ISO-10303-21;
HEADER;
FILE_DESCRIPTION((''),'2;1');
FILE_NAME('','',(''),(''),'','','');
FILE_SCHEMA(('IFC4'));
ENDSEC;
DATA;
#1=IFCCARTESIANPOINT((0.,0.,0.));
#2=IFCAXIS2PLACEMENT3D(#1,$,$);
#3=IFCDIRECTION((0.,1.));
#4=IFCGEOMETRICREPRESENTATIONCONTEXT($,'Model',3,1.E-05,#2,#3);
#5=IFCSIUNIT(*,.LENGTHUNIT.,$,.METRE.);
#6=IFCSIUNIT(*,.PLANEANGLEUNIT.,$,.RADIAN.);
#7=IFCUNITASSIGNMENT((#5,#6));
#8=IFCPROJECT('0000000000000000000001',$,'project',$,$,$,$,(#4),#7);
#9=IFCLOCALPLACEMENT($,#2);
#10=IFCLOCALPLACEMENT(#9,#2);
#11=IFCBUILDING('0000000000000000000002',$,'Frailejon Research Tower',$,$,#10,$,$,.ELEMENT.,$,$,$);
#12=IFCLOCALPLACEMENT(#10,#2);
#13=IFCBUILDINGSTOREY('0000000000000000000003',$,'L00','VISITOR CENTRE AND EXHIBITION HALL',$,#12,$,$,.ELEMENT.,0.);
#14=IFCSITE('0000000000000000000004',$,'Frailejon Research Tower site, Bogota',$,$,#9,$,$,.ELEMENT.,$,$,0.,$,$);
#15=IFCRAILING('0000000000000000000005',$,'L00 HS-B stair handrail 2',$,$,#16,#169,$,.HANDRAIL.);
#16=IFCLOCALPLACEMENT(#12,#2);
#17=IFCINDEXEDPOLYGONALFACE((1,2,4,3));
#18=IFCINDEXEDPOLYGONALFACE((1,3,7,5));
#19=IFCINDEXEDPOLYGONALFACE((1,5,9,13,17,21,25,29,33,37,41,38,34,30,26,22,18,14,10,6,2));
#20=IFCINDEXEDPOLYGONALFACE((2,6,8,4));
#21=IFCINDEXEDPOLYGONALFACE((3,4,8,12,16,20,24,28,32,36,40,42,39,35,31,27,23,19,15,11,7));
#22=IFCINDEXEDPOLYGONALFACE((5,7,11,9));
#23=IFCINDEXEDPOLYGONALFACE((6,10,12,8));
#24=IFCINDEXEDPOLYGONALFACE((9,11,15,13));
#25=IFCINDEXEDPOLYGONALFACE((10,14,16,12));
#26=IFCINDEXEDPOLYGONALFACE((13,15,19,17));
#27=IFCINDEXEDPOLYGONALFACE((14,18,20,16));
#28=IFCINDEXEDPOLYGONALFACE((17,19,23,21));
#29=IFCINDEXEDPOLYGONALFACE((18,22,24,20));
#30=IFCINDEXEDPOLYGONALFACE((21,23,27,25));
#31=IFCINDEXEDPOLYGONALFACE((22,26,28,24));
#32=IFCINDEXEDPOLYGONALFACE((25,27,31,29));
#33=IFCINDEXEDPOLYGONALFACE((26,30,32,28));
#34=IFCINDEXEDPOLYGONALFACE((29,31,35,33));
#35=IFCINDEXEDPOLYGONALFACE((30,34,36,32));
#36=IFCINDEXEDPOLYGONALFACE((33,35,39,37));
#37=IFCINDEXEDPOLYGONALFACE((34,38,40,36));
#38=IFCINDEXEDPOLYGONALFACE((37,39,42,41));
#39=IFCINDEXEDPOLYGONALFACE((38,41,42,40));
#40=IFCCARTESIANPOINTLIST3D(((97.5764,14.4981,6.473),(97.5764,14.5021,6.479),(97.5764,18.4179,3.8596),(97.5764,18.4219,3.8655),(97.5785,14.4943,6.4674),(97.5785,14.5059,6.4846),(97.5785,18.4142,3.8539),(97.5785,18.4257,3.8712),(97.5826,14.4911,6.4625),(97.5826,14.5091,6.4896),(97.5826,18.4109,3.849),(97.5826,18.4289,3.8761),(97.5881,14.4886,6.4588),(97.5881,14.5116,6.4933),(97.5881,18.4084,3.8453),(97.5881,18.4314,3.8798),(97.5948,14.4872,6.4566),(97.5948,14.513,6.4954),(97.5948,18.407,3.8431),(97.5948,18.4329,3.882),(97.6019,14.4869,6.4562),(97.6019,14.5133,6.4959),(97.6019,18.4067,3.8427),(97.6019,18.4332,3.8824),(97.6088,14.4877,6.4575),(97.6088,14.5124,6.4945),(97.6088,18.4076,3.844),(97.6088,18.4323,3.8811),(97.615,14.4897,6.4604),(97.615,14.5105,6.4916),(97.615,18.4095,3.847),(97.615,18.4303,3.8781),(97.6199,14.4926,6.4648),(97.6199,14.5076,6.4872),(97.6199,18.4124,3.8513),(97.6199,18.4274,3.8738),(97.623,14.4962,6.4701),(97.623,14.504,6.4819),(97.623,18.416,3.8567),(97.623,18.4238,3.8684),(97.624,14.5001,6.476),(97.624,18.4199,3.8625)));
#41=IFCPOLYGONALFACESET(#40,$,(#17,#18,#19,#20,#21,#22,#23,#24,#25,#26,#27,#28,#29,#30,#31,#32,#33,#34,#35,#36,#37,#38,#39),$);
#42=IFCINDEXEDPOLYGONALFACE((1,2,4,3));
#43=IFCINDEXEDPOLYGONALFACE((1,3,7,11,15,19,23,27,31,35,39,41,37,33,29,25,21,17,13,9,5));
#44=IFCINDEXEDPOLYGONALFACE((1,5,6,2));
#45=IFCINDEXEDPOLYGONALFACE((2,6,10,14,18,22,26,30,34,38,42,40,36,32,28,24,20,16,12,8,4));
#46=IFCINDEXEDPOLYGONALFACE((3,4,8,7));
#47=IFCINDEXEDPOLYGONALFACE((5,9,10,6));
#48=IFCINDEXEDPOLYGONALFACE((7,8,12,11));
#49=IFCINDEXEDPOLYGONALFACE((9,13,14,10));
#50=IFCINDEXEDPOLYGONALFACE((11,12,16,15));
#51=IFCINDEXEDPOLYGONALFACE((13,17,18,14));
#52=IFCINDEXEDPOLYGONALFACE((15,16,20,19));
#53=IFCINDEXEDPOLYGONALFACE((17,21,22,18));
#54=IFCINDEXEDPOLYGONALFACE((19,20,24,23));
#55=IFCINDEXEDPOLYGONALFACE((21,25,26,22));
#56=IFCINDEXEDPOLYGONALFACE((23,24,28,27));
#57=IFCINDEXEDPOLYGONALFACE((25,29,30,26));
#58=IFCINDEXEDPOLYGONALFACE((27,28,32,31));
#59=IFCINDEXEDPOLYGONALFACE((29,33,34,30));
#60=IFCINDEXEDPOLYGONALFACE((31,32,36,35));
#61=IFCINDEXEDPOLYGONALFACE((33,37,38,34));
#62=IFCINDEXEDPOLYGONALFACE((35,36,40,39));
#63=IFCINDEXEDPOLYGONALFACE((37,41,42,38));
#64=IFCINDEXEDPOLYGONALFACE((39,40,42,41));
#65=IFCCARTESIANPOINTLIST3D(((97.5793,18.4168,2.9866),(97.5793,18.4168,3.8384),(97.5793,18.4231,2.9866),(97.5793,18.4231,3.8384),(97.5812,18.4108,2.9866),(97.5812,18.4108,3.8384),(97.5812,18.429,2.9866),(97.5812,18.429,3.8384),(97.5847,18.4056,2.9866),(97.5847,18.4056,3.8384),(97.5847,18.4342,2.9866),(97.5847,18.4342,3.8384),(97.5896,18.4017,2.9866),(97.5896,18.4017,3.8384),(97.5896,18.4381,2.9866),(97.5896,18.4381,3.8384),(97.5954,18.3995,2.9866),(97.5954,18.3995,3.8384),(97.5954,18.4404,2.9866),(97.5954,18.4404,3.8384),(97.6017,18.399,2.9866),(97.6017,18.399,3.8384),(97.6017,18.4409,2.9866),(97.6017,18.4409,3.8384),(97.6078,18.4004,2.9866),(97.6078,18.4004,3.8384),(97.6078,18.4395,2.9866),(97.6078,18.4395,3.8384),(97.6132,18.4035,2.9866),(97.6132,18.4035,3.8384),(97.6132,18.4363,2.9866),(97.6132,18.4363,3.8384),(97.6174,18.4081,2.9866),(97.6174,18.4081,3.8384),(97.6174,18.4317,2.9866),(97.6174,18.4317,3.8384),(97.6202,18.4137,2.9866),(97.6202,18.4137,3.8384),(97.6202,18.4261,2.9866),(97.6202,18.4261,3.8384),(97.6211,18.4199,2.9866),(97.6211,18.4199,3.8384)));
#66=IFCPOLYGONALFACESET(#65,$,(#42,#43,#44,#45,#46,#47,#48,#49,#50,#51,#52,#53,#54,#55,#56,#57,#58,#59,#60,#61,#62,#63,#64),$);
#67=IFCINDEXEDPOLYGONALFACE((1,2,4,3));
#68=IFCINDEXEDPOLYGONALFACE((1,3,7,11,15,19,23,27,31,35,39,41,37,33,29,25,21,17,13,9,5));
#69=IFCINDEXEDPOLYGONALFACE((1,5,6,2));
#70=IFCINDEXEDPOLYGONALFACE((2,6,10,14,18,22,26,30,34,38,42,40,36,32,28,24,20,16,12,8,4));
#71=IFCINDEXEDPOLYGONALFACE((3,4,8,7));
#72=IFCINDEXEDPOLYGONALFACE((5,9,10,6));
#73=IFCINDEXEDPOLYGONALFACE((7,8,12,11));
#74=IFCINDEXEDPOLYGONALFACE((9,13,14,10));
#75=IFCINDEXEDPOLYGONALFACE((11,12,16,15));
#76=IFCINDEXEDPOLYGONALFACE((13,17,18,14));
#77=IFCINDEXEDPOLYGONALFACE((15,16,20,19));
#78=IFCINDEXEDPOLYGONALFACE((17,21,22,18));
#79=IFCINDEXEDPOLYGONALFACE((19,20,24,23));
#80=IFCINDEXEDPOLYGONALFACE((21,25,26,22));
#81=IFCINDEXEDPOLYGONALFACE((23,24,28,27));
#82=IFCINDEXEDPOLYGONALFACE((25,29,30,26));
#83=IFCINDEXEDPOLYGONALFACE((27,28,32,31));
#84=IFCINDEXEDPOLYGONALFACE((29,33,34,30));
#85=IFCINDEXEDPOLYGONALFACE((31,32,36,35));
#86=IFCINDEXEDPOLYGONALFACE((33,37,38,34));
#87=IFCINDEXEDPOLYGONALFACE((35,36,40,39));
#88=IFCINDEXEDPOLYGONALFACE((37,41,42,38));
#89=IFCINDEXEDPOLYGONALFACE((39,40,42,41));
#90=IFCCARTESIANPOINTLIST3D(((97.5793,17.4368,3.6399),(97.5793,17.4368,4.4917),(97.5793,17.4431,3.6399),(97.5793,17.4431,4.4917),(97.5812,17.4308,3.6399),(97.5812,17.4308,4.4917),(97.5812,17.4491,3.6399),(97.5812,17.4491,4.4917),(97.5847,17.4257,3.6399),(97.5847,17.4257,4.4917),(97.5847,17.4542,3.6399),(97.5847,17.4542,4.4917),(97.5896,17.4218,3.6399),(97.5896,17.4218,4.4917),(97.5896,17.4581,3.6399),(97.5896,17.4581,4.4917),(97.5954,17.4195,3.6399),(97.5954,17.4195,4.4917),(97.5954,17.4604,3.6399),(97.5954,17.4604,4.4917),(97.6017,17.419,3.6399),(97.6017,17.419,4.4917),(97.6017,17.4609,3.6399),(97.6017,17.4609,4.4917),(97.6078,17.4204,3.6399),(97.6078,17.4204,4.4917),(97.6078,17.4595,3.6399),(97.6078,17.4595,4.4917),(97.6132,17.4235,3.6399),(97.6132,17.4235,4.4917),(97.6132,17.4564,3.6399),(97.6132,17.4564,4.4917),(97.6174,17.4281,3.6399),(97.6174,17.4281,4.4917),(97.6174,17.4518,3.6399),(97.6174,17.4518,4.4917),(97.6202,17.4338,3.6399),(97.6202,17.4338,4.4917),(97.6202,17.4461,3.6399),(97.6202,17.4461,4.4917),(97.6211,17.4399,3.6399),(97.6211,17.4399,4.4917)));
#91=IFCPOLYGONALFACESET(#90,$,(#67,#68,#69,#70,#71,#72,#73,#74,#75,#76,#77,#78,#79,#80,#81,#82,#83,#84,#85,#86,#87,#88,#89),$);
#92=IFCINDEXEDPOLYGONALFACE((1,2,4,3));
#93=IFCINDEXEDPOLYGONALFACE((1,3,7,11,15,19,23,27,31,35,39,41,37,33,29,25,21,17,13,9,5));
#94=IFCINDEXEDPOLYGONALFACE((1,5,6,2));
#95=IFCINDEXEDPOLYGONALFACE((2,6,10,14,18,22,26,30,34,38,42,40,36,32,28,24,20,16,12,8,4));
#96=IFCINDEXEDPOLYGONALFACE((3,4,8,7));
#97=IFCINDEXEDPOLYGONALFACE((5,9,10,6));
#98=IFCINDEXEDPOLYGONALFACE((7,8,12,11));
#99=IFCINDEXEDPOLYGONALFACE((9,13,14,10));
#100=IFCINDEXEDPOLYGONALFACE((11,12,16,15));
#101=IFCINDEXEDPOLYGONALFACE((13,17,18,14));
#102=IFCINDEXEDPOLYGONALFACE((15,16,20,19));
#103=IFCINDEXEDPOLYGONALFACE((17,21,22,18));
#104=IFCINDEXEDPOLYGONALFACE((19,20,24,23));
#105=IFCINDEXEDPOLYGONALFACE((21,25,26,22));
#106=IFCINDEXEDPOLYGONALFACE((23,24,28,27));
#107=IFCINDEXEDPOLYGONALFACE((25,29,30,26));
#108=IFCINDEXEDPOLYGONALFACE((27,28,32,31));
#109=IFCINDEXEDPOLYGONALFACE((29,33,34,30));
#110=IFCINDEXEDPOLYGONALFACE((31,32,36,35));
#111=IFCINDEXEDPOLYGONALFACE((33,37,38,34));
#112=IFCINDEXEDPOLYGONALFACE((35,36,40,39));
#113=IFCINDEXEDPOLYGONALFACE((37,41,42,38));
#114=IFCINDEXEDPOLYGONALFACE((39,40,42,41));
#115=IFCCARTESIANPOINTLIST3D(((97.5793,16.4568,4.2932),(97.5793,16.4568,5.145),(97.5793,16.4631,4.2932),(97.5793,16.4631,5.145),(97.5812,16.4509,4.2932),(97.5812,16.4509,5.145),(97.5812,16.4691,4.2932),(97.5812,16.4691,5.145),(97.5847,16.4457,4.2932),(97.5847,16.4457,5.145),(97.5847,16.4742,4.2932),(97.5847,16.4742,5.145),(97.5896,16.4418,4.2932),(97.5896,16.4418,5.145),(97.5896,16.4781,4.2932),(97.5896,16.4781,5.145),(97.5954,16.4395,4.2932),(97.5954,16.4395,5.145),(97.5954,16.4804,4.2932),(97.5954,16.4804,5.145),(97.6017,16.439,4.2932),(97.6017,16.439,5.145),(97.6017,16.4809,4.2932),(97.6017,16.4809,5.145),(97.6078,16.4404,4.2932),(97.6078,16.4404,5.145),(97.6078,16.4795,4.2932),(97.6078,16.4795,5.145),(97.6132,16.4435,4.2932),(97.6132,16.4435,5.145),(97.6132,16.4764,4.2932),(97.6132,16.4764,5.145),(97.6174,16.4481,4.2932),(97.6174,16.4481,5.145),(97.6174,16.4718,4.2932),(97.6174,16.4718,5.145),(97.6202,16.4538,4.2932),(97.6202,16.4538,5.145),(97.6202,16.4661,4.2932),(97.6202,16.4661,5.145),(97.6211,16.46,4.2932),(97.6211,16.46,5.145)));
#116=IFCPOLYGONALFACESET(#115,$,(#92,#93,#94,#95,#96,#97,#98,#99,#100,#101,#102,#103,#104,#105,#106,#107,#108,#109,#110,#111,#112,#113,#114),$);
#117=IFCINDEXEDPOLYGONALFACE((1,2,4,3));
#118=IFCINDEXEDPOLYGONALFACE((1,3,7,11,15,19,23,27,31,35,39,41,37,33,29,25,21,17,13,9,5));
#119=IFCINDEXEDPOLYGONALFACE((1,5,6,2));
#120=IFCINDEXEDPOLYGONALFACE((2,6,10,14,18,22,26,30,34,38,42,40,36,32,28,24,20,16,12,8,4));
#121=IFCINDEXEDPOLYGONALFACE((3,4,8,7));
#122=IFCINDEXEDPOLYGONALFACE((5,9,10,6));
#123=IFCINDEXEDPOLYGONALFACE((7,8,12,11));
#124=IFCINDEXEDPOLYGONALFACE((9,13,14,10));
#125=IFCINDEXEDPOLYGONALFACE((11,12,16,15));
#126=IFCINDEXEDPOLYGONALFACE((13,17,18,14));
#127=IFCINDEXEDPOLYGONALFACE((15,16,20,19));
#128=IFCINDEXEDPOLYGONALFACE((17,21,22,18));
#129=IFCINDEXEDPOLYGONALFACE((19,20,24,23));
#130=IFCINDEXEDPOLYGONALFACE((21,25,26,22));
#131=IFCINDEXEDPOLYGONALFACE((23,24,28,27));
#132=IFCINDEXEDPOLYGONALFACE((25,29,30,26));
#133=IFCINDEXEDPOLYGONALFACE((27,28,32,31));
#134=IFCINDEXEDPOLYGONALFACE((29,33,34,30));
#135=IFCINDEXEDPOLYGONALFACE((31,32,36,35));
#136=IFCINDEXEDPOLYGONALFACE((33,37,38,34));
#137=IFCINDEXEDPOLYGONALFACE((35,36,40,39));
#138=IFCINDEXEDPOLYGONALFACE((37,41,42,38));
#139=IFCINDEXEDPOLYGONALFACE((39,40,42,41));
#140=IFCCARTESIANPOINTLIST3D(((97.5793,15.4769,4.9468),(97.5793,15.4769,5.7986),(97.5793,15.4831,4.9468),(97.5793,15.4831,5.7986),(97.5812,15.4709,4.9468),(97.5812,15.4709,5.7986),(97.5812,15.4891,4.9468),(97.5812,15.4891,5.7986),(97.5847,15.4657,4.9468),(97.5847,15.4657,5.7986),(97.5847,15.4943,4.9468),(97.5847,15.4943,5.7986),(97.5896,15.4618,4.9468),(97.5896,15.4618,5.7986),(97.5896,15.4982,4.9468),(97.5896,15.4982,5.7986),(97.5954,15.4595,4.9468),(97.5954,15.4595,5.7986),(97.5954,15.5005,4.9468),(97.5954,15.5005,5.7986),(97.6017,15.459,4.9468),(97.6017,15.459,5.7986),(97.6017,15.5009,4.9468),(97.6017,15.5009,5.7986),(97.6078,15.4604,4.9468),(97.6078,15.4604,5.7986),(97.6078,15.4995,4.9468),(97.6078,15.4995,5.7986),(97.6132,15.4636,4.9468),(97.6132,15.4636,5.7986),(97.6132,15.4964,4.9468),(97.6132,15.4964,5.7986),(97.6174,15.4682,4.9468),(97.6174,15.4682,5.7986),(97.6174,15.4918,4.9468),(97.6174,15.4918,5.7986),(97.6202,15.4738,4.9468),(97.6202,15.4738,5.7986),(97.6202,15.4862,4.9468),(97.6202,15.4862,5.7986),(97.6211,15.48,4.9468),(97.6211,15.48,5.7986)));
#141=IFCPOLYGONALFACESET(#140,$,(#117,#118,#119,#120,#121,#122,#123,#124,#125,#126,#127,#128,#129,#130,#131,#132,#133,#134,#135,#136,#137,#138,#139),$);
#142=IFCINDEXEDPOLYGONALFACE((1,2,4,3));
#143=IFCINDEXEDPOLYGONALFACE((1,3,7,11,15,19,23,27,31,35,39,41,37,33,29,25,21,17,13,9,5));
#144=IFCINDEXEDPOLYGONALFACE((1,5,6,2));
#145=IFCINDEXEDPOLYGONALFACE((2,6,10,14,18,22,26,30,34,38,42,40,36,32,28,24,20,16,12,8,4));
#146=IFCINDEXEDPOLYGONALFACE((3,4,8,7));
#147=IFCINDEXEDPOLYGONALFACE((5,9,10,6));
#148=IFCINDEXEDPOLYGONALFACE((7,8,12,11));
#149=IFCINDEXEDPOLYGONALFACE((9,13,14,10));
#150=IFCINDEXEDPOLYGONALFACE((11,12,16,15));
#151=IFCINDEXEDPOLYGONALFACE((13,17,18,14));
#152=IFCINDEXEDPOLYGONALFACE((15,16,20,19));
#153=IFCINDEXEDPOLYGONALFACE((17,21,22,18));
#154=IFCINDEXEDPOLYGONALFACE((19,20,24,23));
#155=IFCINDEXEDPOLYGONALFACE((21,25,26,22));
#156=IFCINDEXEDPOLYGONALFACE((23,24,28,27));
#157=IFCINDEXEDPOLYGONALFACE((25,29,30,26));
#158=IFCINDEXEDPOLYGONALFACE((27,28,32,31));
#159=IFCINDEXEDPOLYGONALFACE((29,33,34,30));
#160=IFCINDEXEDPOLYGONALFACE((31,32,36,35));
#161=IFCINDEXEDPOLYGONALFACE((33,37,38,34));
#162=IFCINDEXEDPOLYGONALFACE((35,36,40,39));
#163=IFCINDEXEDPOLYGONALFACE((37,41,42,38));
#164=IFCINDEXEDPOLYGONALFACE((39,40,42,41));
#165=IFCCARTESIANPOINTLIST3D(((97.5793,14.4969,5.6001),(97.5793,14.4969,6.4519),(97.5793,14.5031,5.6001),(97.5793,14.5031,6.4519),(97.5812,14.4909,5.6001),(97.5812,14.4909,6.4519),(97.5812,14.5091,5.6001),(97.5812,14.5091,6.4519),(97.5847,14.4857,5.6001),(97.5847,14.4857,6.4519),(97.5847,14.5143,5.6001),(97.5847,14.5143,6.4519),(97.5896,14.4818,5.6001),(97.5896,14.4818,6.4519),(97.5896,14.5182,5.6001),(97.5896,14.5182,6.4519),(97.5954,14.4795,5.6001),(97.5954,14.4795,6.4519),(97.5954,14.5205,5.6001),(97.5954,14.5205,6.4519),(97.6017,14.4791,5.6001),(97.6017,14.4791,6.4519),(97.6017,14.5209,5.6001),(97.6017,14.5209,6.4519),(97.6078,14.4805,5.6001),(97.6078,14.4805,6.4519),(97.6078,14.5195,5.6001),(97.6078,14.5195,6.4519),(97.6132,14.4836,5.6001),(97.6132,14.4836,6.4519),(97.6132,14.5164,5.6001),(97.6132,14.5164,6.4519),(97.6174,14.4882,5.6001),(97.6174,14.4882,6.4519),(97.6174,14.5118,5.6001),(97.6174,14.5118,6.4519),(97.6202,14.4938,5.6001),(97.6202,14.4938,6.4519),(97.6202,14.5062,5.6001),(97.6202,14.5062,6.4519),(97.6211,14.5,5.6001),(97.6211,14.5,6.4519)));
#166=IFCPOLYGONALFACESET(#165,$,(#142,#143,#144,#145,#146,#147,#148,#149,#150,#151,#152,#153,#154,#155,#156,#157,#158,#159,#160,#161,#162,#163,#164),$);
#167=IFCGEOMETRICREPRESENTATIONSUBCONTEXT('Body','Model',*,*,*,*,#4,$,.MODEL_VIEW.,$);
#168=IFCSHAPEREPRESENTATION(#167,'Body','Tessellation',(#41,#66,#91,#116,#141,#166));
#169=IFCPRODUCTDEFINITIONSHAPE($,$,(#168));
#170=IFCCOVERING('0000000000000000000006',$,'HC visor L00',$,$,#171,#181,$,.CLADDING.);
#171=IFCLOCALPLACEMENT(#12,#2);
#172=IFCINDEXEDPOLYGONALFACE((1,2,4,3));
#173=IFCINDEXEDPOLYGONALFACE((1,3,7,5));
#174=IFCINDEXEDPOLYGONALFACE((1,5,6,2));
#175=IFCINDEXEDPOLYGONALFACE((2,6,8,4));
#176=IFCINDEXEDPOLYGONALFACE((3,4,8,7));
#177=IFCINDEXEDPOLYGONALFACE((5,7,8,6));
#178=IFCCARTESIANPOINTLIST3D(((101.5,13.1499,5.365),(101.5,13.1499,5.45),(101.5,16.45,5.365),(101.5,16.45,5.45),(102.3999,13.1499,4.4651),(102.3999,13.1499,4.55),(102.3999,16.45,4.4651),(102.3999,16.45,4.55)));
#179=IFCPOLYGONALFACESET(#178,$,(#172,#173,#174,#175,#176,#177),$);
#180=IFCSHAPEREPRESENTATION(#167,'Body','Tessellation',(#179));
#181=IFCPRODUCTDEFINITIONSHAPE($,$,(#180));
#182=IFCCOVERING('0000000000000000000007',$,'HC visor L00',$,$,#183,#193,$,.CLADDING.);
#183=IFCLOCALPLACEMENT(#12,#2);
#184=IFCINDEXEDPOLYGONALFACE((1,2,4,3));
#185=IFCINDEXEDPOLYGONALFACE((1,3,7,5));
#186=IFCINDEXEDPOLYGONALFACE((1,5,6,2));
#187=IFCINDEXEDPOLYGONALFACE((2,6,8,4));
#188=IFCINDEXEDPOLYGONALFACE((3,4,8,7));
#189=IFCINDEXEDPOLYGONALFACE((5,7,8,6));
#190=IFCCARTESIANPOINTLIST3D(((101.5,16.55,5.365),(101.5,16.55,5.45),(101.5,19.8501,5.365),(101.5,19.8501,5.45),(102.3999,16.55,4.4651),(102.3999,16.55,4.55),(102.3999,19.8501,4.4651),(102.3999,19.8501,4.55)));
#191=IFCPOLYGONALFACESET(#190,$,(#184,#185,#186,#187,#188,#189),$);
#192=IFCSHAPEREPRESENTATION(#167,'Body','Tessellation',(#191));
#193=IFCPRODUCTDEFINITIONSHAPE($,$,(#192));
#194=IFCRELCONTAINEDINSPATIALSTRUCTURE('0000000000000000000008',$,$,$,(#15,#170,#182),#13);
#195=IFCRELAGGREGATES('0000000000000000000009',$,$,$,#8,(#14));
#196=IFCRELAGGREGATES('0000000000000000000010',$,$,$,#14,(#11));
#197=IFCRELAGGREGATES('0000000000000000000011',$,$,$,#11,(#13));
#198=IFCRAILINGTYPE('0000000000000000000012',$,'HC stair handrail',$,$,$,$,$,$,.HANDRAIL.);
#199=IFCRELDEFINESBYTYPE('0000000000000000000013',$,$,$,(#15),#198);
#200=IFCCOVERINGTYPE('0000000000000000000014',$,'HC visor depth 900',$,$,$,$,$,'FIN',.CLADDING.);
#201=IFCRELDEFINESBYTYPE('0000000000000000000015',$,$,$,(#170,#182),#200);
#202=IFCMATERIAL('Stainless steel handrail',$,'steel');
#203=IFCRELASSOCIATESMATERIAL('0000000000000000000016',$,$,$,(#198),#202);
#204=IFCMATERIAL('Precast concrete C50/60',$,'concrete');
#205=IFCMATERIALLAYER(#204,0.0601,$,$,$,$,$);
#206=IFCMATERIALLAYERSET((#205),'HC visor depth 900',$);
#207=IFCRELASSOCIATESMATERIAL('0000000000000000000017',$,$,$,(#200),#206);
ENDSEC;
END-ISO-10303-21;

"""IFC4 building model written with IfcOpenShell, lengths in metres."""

from ifc_helpers import new_model, si_unit, direction, frame, origin, origin_2d, place, context, subcontext, project, spatial, polyline, circle, outline, extrude, material, layer, layer_set, type_object, element, save


model = new_model("IFC4")

# Units and contexts
model_context = context("Model", 3, precision=1e-05, world=origin(), true_north=direction((0.0, 1.0)))
body_context = subcontext(model_context, "Body", "Model", "MODEL_VIEW")
ifc_project = project(units=[si_unit("LENGTHUNIT", "METRE"), si_unit("PLANEANGLEUNIT", "RADIAN")], contexts=[model_context])

# Site, building, storey
site_placement = place(None, origin())
site = spatial("IfcSite", under=ifc_project, at=site_placement, Name="Frailejon Research Tower site, Bogota", CompositionType="ELEMENT", RefElevation=0.0)
building_placement = place(site_placement, origin())
building = spatial("IfcBuilding", under=site, at=building_placement, Name="Frailejon Research Tower", CompositionType="ELEMENT")
storey_placement = place(building_placement, origin())
storey = spatial("IfcBuildingStorey", under=building, at=storey_placement, Name="L00", Description="VISITOR CENTRE AND EXHIBITION HALL", CompositionType="ELEMENT", Elevation=0.0)

# Railing
ifc_material_1 = material(Name="Stainless steel handrail", Category="steel")
railing_type_1 = type_object("IfcRailingType", Name="HC stair handrail", PredefinedType="HANDRAIL", material=ifc_material_1)
railing_1_placement = place(storey_placement, frame((97.6001, 18.4199, 2.9866)))
element("IfcRailing", 1, at=railing_1_placement, inside=storey, type_object=railing_type_1, Name="L00 HS-B stair handrail 2", PredefinedType="HANDRAIL", context=body_context, shape_type="SweptSolid", body=[
    extrude(circle(Radius=0.0239, at=origin_2d()), frame((0.0, 0.0, 0.876), z_axis=(0.0, -0.832026, 0.554736), x_axis=(1.0, 0.0, 0.0)), (0.0, 0.0, 1.0), 4.7112),
    extrude(circle(Radius=0.021, at=origin_2d()), origin(), (0.0, 0.0, 1.0), 0.8518),
    extrude(circle(Radius=0.021, at=origin_2d()), frame((0.0, -0.98, 0.6533)), (0.0, 0.0, 1.0), 0.8518),
    extrude(circle(Radius=0.021, at=origin_2d()), frame((0.0, -1.96, 1.3066)), (0.0, 0.0, 1.0), 0.8518),
    extrude(circle(Radius=0.021, at=origin_2d()), frame((0.0, -2.9399, 1.9602)), (0.0, 0.0, 1.0), 0.8518),
    extrude(circle(Radius=0.021, at=origin_2d()), frame((0.0, -3.9199, 2.6135)), (0.0, 0.0, 1.0), 0.8518),
])

# Coverings
ifc_material_2 = material(Name="Precast concrete C50/60", Category="concrete")
ifc_layer_1 = layer(ifc_material_2, 0.0601)
ifc_layer_set_1 = layer_set([ifc_layer_1], Name="HC visor depth 900")
covering_type = type_object("IfcCoveringType", Name="HC visor depth 900", ElementType="FIN", PredefinedType="CLADDING", material=ifc_layer_set_1)
for number, where, z_axis, x_axis, name in (
    (2, (101.5, 16.45, 5.45), (0.0, -1.0, 0.0), (1.0, 0.0, 0.0), "HC visor L00"),
    (3, (101.5, 19.8501, 5.45), (0.0, -1.0, 0.0), (1.0, 0.0, 0.0), "HC visor L00"),
):
    element("IfcCovering", number, at=place(storey_placement, frame(where, z_axis=z_axis, x_axis=x_axis)), inside=storey, type_object=covering_type, Name=name, PredefinedType="CLADDING", context=body_context, shape_type="SweptSolid", body=[
        extrude(outline(polyline([(0.0, -0.085), (0.8999, -0.9849), (0.8999, -0.8999), (0.0, 0.0), (0.0, -0.085)])), origin(), (0.0, 0.0, 1.0), 3.3),
    ])

save(model, "model.ifc")
